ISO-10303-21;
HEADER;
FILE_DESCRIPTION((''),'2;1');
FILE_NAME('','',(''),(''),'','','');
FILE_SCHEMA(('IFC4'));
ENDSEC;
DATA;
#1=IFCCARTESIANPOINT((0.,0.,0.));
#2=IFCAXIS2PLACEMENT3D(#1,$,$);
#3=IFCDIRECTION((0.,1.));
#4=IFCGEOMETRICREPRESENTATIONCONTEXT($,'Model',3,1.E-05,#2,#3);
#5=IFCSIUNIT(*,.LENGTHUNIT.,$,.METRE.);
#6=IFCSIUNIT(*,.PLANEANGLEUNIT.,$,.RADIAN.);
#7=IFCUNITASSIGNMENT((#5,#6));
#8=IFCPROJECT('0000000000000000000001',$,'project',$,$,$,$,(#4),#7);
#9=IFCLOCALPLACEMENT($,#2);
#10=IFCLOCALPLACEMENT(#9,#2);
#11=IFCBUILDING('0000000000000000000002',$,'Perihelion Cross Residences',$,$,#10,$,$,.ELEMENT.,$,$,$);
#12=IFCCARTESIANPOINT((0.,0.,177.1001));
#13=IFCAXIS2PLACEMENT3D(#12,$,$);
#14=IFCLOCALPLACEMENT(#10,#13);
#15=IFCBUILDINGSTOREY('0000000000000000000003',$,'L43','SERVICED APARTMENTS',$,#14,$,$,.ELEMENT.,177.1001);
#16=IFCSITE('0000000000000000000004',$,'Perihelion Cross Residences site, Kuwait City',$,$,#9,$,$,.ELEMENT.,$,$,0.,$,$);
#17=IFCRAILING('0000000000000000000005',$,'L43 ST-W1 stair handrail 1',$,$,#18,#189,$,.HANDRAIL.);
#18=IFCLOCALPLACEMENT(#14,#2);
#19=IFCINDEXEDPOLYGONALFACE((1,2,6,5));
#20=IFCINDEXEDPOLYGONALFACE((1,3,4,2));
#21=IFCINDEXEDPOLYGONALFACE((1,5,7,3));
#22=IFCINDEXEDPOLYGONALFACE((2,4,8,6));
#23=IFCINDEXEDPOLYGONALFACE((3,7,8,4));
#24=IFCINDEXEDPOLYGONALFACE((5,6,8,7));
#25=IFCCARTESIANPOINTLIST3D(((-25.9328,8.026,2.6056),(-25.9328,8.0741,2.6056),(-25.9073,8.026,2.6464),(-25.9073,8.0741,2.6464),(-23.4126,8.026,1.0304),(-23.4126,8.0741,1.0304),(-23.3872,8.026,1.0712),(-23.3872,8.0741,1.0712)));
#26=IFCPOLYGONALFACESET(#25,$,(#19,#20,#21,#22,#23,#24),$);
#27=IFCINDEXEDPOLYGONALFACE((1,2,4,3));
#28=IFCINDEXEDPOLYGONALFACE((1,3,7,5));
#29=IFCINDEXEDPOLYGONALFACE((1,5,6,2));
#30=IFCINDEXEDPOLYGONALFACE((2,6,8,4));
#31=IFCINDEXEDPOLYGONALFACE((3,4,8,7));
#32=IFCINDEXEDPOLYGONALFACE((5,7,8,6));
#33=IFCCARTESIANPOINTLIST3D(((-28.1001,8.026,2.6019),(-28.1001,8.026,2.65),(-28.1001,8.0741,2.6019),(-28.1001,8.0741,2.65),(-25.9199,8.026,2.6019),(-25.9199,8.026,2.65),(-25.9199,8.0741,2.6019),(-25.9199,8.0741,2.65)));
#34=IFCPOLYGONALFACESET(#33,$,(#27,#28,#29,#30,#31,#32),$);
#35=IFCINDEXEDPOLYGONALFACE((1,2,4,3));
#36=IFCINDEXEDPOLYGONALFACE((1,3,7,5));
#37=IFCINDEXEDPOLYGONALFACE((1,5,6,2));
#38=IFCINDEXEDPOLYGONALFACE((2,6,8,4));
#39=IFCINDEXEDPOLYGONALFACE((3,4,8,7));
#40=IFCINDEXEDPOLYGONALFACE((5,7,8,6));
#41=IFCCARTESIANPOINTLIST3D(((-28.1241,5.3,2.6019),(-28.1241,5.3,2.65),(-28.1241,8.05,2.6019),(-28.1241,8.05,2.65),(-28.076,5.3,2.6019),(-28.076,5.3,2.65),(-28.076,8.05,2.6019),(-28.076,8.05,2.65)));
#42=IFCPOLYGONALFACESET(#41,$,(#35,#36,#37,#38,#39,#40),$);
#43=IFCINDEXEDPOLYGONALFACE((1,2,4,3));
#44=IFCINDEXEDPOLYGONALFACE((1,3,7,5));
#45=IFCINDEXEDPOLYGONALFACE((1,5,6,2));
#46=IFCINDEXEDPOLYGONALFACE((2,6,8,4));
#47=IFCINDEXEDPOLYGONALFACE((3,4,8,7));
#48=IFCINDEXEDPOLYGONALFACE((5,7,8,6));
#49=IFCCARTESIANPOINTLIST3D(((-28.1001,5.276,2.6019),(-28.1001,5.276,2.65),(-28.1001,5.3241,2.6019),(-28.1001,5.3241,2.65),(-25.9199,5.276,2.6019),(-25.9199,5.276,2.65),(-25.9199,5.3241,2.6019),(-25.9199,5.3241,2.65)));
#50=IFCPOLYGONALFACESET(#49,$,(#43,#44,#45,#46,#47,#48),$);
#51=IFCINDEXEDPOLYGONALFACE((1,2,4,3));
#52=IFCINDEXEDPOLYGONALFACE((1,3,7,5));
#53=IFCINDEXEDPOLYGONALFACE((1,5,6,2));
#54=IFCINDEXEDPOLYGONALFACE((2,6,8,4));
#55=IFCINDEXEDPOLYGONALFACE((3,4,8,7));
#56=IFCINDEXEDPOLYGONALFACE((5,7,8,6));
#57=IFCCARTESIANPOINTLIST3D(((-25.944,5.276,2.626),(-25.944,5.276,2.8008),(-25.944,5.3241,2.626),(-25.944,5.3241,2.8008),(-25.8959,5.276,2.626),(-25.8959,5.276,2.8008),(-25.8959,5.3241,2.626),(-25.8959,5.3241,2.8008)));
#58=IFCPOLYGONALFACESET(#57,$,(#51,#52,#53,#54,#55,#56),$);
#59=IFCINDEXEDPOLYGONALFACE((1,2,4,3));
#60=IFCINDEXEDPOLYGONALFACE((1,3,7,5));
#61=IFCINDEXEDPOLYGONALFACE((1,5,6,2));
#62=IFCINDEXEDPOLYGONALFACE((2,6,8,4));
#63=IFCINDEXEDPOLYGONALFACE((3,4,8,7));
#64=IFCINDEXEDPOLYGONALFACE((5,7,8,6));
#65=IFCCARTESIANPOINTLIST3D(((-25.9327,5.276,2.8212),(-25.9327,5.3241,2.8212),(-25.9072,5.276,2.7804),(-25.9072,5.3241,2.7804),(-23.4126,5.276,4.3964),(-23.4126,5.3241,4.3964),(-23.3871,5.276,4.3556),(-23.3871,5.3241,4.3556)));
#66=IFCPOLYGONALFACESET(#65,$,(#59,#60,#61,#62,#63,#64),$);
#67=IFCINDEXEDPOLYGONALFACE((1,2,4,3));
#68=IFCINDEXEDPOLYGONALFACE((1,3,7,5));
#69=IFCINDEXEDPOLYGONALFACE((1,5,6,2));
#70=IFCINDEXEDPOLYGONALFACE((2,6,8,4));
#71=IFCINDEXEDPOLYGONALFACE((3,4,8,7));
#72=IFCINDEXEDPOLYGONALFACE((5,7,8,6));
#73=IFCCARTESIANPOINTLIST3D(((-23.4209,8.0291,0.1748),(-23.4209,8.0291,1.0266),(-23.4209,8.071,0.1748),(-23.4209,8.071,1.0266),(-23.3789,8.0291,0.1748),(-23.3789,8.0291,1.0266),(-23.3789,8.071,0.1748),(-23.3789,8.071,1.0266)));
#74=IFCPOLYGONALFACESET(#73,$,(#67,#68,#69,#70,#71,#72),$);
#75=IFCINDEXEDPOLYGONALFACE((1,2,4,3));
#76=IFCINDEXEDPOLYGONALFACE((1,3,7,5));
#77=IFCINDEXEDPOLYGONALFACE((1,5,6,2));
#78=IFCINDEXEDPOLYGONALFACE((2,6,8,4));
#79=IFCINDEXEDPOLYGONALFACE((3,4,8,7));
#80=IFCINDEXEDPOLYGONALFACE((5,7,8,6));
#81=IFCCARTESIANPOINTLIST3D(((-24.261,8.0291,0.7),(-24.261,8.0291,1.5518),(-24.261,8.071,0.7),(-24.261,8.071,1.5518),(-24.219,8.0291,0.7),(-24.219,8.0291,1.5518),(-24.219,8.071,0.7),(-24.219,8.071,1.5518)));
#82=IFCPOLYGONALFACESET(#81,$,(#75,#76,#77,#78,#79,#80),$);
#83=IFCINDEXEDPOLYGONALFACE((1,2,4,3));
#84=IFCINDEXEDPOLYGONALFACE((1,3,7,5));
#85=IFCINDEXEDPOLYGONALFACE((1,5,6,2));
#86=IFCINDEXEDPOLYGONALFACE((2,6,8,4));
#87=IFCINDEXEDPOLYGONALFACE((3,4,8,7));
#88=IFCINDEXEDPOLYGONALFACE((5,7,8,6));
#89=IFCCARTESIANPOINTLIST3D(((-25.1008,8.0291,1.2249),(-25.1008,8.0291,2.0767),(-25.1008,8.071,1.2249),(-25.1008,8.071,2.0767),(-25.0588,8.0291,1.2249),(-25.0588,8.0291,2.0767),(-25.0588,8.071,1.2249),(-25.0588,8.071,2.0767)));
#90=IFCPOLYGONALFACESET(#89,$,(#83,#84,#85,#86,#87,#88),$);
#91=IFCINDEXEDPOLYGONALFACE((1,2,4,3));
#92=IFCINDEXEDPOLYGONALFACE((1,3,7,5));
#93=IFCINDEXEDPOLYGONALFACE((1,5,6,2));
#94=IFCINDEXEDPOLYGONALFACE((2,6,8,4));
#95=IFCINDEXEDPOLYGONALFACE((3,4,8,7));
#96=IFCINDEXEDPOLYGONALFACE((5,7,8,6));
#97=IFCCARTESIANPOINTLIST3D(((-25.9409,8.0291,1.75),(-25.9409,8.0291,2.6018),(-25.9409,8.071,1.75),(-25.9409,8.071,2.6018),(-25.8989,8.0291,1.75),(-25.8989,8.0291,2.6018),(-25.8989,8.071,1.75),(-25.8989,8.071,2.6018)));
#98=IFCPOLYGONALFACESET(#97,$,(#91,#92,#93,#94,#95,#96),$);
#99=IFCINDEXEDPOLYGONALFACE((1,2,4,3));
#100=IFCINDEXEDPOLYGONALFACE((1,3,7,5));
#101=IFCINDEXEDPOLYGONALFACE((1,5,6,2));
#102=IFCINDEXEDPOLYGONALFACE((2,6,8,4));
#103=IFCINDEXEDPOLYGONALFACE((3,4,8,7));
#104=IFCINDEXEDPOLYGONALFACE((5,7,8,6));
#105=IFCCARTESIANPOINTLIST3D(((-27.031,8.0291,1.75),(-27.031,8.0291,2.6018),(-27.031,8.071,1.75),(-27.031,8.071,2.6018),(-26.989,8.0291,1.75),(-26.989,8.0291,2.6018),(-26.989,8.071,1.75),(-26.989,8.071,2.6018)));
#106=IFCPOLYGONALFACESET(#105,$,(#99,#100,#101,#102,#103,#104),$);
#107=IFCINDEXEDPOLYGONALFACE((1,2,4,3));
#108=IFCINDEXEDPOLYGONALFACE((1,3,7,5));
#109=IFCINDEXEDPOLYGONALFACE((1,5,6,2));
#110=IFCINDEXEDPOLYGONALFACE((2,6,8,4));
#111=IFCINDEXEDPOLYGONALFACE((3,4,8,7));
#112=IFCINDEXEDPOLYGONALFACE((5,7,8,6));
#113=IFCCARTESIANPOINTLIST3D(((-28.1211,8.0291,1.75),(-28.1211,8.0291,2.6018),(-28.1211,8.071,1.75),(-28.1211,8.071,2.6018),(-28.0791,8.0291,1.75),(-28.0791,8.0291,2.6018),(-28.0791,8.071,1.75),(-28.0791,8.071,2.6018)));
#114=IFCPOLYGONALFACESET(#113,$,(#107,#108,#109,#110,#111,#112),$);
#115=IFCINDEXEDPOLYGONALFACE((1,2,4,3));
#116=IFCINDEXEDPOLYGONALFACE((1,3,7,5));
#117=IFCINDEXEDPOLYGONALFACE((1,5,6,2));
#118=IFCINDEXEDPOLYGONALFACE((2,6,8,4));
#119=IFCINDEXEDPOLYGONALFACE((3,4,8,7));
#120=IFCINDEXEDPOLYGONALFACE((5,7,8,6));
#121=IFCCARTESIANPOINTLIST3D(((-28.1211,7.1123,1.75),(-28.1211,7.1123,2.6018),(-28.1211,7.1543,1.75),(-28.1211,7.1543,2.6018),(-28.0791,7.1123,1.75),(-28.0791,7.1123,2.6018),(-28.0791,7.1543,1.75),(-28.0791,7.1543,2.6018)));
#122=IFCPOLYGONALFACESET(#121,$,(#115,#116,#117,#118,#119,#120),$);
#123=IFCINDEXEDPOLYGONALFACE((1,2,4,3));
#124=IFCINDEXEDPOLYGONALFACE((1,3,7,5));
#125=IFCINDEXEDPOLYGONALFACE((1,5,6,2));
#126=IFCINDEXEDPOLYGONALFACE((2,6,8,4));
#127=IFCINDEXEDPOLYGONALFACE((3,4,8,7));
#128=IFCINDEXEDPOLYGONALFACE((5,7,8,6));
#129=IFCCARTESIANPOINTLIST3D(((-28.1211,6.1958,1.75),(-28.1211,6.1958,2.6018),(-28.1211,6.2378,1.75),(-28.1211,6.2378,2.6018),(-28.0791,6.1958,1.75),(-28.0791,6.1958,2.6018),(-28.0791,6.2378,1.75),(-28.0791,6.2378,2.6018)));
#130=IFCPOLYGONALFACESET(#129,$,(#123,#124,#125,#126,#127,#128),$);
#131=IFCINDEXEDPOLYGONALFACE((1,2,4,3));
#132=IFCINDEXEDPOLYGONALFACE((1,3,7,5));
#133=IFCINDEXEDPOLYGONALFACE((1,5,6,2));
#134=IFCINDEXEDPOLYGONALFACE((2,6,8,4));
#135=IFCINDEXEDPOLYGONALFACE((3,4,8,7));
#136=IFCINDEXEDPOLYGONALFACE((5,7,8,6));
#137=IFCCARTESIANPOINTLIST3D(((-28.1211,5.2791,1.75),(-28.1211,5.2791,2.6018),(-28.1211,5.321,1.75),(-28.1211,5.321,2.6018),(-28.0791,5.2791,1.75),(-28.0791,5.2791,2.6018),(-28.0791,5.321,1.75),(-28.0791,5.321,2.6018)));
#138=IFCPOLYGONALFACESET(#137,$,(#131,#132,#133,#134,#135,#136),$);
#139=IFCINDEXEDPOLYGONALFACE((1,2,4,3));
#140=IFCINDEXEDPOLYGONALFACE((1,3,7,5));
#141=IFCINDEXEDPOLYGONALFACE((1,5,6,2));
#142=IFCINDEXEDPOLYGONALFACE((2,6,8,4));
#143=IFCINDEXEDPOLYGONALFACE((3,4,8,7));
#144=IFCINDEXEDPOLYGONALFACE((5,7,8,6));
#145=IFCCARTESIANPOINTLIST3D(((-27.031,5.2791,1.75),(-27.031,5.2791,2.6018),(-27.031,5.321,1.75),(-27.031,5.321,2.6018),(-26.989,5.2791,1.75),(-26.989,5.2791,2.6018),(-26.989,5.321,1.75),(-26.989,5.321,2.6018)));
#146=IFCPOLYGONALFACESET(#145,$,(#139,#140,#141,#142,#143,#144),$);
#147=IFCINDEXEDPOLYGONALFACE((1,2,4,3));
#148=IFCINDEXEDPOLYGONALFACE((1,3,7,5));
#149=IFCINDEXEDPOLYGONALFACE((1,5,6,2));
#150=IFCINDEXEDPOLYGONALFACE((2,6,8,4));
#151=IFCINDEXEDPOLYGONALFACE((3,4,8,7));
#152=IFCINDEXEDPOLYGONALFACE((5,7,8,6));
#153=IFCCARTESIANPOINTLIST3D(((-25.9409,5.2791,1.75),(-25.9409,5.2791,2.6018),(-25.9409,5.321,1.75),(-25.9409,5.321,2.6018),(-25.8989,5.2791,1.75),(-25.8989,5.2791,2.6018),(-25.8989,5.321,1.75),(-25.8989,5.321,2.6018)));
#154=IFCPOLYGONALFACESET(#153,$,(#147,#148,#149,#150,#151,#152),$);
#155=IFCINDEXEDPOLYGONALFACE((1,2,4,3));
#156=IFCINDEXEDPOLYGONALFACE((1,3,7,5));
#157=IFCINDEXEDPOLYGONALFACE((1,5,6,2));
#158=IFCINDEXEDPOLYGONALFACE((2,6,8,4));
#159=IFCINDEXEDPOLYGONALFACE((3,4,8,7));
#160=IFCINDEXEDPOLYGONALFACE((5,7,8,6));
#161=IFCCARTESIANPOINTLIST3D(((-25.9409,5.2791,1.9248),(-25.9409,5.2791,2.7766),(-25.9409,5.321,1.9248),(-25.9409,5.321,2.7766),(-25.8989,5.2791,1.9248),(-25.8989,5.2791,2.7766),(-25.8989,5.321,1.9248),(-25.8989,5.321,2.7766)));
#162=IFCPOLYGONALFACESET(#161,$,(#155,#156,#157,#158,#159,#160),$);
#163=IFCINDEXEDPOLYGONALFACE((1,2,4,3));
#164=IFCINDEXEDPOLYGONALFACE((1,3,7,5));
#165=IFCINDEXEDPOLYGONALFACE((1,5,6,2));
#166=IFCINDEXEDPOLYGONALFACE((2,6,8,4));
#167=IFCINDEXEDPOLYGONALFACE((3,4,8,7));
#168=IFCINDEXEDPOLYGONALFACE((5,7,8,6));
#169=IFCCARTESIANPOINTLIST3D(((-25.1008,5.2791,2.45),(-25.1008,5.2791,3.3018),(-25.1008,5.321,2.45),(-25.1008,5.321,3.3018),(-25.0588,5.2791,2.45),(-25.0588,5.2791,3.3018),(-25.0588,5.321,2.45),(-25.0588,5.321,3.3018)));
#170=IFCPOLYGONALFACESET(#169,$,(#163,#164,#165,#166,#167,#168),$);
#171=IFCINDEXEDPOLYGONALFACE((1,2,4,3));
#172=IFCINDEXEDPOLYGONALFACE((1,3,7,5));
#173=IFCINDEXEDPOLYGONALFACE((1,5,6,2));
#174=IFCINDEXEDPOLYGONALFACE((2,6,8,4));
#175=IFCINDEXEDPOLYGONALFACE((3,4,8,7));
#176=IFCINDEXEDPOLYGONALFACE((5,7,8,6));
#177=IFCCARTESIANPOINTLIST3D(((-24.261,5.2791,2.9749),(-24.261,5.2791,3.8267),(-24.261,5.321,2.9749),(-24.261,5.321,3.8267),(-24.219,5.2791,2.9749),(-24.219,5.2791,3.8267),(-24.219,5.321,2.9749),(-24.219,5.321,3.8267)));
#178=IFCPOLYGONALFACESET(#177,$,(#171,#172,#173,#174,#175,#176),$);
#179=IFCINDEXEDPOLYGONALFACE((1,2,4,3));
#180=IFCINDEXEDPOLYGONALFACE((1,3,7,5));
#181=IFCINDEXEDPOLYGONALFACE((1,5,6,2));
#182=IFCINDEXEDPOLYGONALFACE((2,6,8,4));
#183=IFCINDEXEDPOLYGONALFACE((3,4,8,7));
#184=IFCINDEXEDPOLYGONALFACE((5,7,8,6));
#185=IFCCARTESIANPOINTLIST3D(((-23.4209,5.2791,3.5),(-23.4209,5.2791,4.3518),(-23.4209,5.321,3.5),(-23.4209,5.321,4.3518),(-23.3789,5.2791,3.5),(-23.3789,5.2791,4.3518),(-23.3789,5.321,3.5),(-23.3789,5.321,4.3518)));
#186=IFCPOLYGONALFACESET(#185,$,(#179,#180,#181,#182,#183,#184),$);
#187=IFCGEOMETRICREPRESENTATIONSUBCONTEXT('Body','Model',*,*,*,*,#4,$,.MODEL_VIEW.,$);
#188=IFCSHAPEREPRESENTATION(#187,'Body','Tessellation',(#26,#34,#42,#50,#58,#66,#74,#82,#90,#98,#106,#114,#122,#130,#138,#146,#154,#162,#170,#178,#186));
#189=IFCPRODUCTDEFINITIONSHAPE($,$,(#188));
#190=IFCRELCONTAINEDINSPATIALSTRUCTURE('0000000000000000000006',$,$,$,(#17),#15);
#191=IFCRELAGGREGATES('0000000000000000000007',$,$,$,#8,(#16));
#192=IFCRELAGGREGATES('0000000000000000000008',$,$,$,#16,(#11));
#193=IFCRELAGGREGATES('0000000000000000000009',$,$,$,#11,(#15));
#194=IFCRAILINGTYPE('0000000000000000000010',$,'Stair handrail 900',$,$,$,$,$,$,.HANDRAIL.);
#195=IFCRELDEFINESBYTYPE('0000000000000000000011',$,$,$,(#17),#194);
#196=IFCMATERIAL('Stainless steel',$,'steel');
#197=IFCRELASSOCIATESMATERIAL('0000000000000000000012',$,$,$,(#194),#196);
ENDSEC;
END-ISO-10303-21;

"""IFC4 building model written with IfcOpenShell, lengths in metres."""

from ifc_helpers import new_model, si_unit, direction, frame, origin, origin_2d, place, context, subcontext, project, spatial, rectangle, extrude, material, type_object, element, save


model = new_model("IFC4")

# Units and contexts
model_context = context("Model", 3, precision=1e-05, world=origin(), true_north=direction((0.0, 1.0)))
body_context = subcontext(model_context, "Body", "Model", "MODEL_VIEW")
ifc_project = project(units=[si_unit("LENGTHUNIT", "METRE"), si_unit("PLANEANGLEUNIT", "RADIAN")], contexts=[model_context])

# Site, building, storey
site_placement = place(None, origin())
site = spatial("IfcSite", under=ifc_project, at=site_placement, Name="Perihelion Cross Residences site, Kuwait City", CompositionType="ELEMENT", RefElevation=0.0)
building_placement = place(site_placement, origin())
building = spatial("IfcBuilding", under=site, at=building_placement, Name="Perihelion Cross Residences", CompositionType="ELEMENT")
storey_placement = place(building_placement, frame((0.0, 0.0, 177.1001)))
storey = spatial("IfcBuildingStorey", under=building, at=storey_placement, Name="L43", Description="SERVICED APARTMENTS", CompositionType="ELEMENT", Elevation=177.1001)

# Railing
ifc_material_1 = material(Name="Stainless steel", Category="steel")
railing_type_1 = type_object("IfcRailingType", Name="Stair handrail 900", PredefinedType="HANDRAIL", material=ifc_material_1)
railing_1_placement = place(storey_placement, frame((-23.3999, 8.05, 0.1748)))
element("IfcRailing", 1, at=railing_1_placement, inside=storey, type_object=railing_type_1, Name="L43 ST-W1 stair handrail 1", PredefinedType="HANDRAIL", context=body_context, shape_type="SweptSolid", body=[
    extrude(rectangle(XDim=0.0481, YDim=0.0481, at=origin_2d()), frame((0.0, 0.0, 0.876), z_axis=(-0.847971, 0.0, 0.530043), x_axis=(0.0, -1.0, 0.0)), (0.0, 0.0, 1.0), 2.9719),
    extrude(rectangle(XDim=0.0481, YDim=0.0481, at=origin_2d()), frame((-2.52, 0.0, 2.4512), z_axis=(-1.0, 0.0, 0.0), x_axis=(0.0, -1.0, 0.0)), (0.0, 0.0, 1.0), 2.1802),
    extrude(rectangle(XDim=0.0481, YDim=0.0481, at=origin_2d()), frame((-4.7002, 0.0, 2.4512), z_axis=(0.0, -1.0, 0.0), x_axis=(1.0, 0.0, 0.0)), (0.0, 0.0, 1.0), 2.75),
    extrude(rectangle(XDim=0.0481, YDim=0.0481, at=origin_2d()), frame((-4.7002, -2.75, 2.4512), z_axis=(1.0, 0.0, 0.0), x_axis=(0.0, 1.0, 0.0)), (0.0, 0.0, 1.0), 2.1802),
    extrude(rectangle(XDim=0.0481, YDim=0.0481, at=origin_2d()), frame((-2.52, -2.75, 2.4512), z_axis=(0.0, 0.0, 1.0), x_axis=(1.0, 0.0, 0.0)), (0.0, 0.0, 1.0), 0.1748),
    extrude(rectangle(XDim=0.0481, YDim=0.0481, at=origin_2d()), frame((-2.52, -2.75, 2.626), z_axis=(0.847971, 0.0, 0.530043), x_axis=(0.0, 1.0, 0.0)), (0.0, 0.0, 1.0), 2.9719),
    extrude(rectangle(XDim=0.042, YDim=0.042, at=origin_2d()), origin(), (0.0, 0.0, 1.0), 0.8518),
    extrude(rectangle(XDim=0.042, YDim=0.042, at=origin_2d()), frame((-0.8401, 0.0, 0.5251)), (0.0, 0.0, 1.0), 0.8518),
    extrude(rectangle(XDim=0.042, YDim=0.042, at=origin_2d()), frame((-1.6799, 0.0, 1.05)), (0.0, 0.0, 1.0), 0.8518),
    extrude(rectangle(XDim=0.042, YDim=0.042, at=origin_2d()), frame((-2.52, 0.0, 1.5752)), (0.0, 0.0, 1.0), 0.8518),
    extrude(rectangle(XDim=0.042, YDim=0.042, at=origin_2d()), frame((-3.6101, 0.0, 1.5752)), (0.0, 0.0, 1.0), 0.8518),
    extrude(rectangle(XDim=0.042, YDim=0.042, at=origin_2d()), frame((-4.7002, 0.0, 1.5752)), (0.0, 0.0, 1.0), 0.8518),
    extrude(rectangle(XDim=0.042, YDim=0.042, at=origin_2d()), frame((-4.7002, -0.9167, 1.5752)), (0.0, 0.0, 1.0), 0.8518),
    extrude(rectangle(XDim=0.042, YDim=0.042, at=origin_2d()), frame((-4.7002, -1.8333, 1.5752)), (0.0, 0.0, 1.0), 0.8518),
    extrude(rectangle(XDim=0.042, YDim=0.042, at=origin_2d()), frame((-4.7002, -2.75, 1.5752)), (0.0, 0.0, 1.0), 0.8518),
    extrude(rectangle(XDim=0.042, YDim=0.042, at=origin_2d()), frame((-3.6101, -2.75, 1.5752)), (0.0, 0.0, 1.0), 0.8518),
    extrude(rectangle(XDim=0.042, YDim=0.042, at=origin_2d()), frame((-2.52, -2.75, 1.5752)), (0.0, 0.0, 1.0), 0.8518),
    extrude(rectangle(XDim=0.042, YDim=0.042, at=origin_2d()), frame((-2.52, -2.75, 1.75)), (0.0, 0.0, 1.0), 0.8518),
    extrude(rectangle(XDim=0.042, YDim=0.042, at=origin_2d()), frame((-1.6799, -2.75, 2.2751)), (0.0, 0.0, 1.0), 0.8518),
    extrude(rectangle(XDim=0.042, YDim=0.042, at=origin_2d()), frame((-0.8401, -2.75, 2.8)), (0.0, 0.0, 1.0), 0.8518),
    extrude(rectangle(XDim=0.042, YDim=0.042, at=origin_2d()), frame((0.0, -2.75, 3.3252)), (0.0, 0.0, 1.0), 0.8518),
])

save(model, "model.ifc")
